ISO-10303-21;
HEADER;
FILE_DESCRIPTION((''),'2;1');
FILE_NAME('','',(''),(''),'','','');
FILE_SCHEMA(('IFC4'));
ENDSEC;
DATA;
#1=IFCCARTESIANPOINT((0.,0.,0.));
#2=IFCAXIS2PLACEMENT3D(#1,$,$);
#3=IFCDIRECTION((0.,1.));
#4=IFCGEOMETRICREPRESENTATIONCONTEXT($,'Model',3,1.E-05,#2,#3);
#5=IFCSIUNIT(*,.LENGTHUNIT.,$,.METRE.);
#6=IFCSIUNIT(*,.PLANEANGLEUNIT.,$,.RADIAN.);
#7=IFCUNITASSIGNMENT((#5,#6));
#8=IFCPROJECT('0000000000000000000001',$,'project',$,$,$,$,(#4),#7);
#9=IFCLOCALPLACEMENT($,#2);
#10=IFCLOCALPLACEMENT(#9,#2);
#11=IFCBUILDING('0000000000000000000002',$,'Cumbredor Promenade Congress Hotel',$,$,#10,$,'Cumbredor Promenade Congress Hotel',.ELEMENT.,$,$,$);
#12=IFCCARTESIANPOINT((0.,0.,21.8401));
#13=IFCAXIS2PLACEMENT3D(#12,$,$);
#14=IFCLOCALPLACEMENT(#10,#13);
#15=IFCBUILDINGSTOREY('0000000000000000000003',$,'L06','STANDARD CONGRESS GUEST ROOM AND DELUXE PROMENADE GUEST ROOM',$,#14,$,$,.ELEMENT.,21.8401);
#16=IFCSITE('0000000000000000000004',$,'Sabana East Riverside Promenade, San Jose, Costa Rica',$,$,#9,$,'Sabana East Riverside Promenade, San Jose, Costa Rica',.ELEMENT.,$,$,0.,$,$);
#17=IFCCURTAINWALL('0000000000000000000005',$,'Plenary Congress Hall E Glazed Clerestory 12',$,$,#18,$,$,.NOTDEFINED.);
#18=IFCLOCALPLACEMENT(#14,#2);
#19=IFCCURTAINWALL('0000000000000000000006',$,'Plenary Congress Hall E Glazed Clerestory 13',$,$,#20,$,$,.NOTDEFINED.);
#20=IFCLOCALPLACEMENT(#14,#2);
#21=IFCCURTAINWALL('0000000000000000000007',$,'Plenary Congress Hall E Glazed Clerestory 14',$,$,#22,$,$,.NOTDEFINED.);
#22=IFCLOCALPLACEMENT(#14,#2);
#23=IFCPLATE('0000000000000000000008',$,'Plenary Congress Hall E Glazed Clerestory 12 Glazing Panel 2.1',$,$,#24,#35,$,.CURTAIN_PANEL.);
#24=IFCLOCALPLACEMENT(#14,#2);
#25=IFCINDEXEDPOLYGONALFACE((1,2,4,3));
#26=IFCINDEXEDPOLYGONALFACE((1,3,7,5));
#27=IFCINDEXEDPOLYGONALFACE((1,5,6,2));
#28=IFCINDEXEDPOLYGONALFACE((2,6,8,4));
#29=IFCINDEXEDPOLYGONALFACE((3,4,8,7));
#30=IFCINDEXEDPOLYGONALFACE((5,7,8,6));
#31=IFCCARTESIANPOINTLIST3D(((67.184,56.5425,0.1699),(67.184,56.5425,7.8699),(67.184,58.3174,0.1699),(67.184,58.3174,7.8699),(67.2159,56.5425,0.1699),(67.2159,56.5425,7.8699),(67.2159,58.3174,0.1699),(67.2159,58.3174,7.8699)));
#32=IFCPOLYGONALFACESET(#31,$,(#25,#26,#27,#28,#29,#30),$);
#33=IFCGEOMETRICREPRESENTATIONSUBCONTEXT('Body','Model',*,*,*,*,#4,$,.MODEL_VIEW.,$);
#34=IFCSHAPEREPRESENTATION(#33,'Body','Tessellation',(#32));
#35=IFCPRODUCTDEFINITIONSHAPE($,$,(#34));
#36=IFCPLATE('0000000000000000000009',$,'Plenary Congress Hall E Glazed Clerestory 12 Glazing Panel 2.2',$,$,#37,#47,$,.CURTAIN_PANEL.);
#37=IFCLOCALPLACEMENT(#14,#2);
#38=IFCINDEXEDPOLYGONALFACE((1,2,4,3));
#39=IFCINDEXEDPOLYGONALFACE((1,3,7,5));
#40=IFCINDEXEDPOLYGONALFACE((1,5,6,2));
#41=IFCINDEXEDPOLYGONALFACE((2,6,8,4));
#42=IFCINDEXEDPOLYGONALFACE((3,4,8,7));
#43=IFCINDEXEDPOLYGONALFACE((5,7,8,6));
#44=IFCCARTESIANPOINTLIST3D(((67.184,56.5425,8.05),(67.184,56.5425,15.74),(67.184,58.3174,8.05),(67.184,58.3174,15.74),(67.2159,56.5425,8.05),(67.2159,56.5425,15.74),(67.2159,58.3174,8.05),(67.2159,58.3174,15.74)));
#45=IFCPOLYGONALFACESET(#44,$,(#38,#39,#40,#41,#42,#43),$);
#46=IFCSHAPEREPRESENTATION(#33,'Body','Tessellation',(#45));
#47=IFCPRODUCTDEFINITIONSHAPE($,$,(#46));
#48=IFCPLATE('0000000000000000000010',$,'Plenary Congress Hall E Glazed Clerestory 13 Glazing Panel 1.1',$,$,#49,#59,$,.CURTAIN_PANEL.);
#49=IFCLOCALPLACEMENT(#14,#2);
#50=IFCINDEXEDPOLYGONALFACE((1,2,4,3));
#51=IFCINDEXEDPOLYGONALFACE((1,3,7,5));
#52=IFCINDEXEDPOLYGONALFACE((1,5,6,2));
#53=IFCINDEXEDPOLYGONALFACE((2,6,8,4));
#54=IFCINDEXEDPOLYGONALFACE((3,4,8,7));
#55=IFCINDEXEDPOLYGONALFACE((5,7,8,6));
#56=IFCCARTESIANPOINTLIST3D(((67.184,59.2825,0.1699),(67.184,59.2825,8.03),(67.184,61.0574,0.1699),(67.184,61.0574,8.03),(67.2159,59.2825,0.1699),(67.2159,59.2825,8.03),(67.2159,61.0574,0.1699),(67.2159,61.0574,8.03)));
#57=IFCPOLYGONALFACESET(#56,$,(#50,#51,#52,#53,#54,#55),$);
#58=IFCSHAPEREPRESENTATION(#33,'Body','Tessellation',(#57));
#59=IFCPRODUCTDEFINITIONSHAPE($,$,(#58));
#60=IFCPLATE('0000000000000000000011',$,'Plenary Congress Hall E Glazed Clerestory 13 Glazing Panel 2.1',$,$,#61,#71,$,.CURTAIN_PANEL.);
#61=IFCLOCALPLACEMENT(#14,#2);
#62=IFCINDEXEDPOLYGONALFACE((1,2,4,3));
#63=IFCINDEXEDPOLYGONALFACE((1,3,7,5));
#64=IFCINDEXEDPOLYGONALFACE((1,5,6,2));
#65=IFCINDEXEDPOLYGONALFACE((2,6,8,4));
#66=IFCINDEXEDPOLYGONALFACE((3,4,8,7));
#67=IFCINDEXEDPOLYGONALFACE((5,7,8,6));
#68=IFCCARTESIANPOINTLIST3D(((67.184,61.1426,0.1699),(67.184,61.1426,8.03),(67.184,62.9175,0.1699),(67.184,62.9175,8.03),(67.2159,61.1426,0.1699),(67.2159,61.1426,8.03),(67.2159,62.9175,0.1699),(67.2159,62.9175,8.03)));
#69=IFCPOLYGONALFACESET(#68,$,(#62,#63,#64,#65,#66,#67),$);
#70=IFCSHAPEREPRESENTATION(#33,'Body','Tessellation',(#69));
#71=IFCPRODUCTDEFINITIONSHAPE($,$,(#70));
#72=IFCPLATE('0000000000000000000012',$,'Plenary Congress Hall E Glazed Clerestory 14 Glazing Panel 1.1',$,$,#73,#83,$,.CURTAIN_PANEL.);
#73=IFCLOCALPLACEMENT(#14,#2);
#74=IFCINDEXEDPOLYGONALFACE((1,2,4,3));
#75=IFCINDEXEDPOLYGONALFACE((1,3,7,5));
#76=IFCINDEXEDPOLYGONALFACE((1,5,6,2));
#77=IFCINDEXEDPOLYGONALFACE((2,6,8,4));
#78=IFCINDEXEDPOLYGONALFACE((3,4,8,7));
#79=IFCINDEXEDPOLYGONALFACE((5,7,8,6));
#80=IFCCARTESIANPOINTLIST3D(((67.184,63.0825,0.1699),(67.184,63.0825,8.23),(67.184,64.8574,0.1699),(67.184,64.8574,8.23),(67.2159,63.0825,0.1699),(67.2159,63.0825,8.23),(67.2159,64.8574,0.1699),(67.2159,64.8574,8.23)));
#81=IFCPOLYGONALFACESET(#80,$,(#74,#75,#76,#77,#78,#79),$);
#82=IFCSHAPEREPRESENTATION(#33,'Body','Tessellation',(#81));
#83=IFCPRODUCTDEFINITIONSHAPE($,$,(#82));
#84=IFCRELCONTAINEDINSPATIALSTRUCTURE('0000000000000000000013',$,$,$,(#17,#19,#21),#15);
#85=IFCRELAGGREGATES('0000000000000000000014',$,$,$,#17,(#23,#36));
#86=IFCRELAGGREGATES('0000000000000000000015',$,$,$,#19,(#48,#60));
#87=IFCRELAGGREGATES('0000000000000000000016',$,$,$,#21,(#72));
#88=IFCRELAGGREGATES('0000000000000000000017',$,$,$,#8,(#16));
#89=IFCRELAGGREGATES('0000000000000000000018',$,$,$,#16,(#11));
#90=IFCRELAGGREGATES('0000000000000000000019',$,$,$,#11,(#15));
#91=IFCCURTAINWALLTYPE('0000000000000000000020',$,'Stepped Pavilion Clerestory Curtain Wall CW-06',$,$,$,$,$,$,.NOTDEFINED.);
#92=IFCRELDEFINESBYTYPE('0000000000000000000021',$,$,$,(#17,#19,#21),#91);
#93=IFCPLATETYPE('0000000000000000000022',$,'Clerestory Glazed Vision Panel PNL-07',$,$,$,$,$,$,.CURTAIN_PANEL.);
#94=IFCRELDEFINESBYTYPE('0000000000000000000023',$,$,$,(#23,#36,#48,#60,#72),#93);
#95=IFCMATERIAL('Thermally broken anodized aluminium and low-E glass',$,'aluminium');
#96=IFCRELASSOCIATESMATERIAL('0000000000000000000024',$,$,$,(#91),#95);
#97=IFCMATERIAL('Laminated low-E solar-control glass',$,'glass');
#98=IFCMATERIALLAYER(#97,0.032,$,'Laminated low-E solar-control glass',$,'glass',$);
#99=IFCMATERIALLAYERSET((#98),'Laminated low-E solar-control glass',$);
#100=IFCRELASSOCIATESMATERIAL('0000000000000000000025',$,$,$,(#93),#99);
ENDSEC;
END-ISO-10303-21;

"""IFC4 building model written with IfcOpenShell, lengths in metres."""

from ifc_helpers import new_model, si_unit, direction, frame, origin, origin_2d, place, context, subcontext, project, spatial, rectangle, extrude, material, layer, layer_set, type_object, element, aggregate, save


model = new_model("IFC4")

# Units and contexts
model_context = context("Model", 3, precision=1e-05, world=origin(), true_north=direction((0.0, 1.0)))
body_context = subcontext(model_context, "Body", "Model", "MODEL_VIEW")
ifc_project = project(units=[si_unit("LENGTHUNIT", "METRE"), si_unit("PLANEANGLEUNIT", "RADIAN")], contexts=[model_context])

# Site, building, storey
site_placement = place(None, origin())
site = spatial("IfcSite", under=ifc_project, at=site_placement, Name="Sabana East Riverside Promenade, San Jose, Costa Rica", LongName="Sabana East Riverside Promenade, San Jose, Costa Rica", CompositionType="ELEMENT", RefElevation=0.0)
building_placement = place(site_placement, origin())
building = spatial("IfcBuilding", under=site, at=building_placement, Name="Cumbredor Promenade Congress Hotel", LongName="Cumbredor Promenade Congress Hotel", CompositionType="ELEMENT")
storey_placement = place(building_placement, frame((0.0, 0.0, 21.8401)))
storey = spatial("IfcBuildingStorey", under=building, at=storey_placement, Name="L06", Description="STANDARD CONGRESS GUEST ROOM AND DELUXE PROMENADE GUEST ROOM", CompositionType="ELEMENT", Elevation=21.8401)

# Curtain walls
ifc_material_1 = material(Name="Thermally broken anodized aluminium and low-E glass", Category="aluminium")
curtain_wall_type = type_object("IfcCurtainWallType", Name="Stepped Pavilion Clerestory Curtain Wall CW-06", PredefinedType="NOTDEFINED", material=ifc_material_1)
curtain_wall_1_placement = place(storey_placement, origin())
curtain_wall_1 = element("IfcCurtainWall", 1, at=curtain_wall_1_placement, inside=storey, type_object=curtain_wall_type, Name="Plenary Congress Hall E Glazed Clerestory 12", PredefinedType="NOTDEFINED")
curtain_wall_2_placement = place(storey_placement, origin())
curtain_wall_2 = element("IfcCurtainWall", 2, at=curtain_wall_2_placement, inside=storey, type_object=curtain_wall_type, Name="Plenary Congress Hall E Glazed Clerestory 13", PredefinedType="NOTDEFINED")
curtain_wall_3_placement = place(storey_placement, origin())
curtain_wall_3 = element("IfcCurtainWall", 3, at=curtain_wall_3_placement, inside=storey, type_object=curtain_wall_type, Name="Plenary Congress Hall E Glazed Clerestory 14", PredefinedType="NOTDEFINED")

# Plates
ifc_material_2 = material(Name="Laminated low-E solar-control glass", Category="glass")
ifc_layer = layer(ifc_material_2, 0.032, Name="Laminated low-E solar-control glass", Category="glass")
ifc_layer_set = layer_set([ifc_layer], Name="Laminated low-E solar-control glass")
plate_type = type_object("IfcPlateType", Name="Clerestory Glazed Vision Panel PNL-07", PredefinedType="CURTAIN_PANEL", material=ifc_layer_set)
plate_1_placement = place(storey_placement, frame((67.2, 57.4299, 0.1699), z_axis=(0.0, 0.0, 1.0), x_axis=(0.0, 1.0, 0.0)))
plate_1 = element("IfcPlate", 4, at=plate_1_placement, type_object=plate_type, Name="Plenary Congress Hall E Glazed Clerestory 12 Glazing Panel 2.1", PredefinedType="CURTAIN_PANEL", context=body_context, shape_type="SweptSolid", body=[
    extrude(rectangle(XDim=1.7749, YDim=0.032, at=origin_2d()), origin(), (0.0, 0.0, 1.0), 7.7),
])
plate_2_placement = place(storey_placement, frame((67.2, 57.4299, 8.05), z_axis=(0.0, 0.0, 1.0), x_axis=(0.0, 1.0, 0.0)))
plate_2 = element("IfcPlate", 5, at=plate_2_placement, type_object=plate_type, Name="Plenary Congress Hall E Glazed Clerestory 12 Glazing Panel 2.2", PredefinedType="CURTAIN_PANEL", context=body_context, shape_type="SweptSolid", body=[
    extrude(rectangle(XDim=1.7749, YDim=0.032, at=origin_2d()), origin(), (0.0, 0.0, 1.0), 7.6899),
])
aggregate(curtain_wall_1, [plate_1, plate_2])
plate_3_placement = place(storey_placement, frame((67.2, 60.1699, 0.1699), z_axis=(0.0, 0.0, 1.0), x_axis=(0.0, 1.0, 0.0)))
plate_3 = element("IfcPlate", 6, at=plate_3_placement, type_object=plate_type, Name="Plenary Congress Hall E Glazed Clerestory 13 Glazing Panel 1.1", PredefinedType="CURTAIN_PANEL", context=body_context, shape_type="SweptSolid", body=[
    extrude(rectangle(XDim=1.7749, YDim=0.032, at=origin_2d()), origin(), (0.0, 0.0, 1.0), 7.8601),
])
plate_4_placement = place(storey_placement, frame((67.2, 62.03, 0.1699), z_axis=(0.0, 0.0, 1.0), x_axis=(0.0, 1.0, 0.0)))
plate_4 = element("IfcPlate", 7, at=plate_4_placement, type_object=plate_type, Name="Plenary Congress Hall E Glazed Clerestory 13 Glazing Panel 2.1", PredefinedType="CURTAIN_PANEL", context=body_context, shape_type="SweptSolid", body=[
    extrude(rectangle(XDim=1.7749, YDim=0.032, at=origin_2d()), origin(), (0.0, 0.0, 1.0), 7.8601),
])
aggregate(curtain_wall_2, [plate_3, plate_4])
plate_5_placement = place(storey_placement, frame((67.2, 63.97, 0.1699), z_axis=(0.0, 0.0, 1.0), x_axis=(0.0, 1.0, 0.0)))
plate_5 = element("IfcPlate", 8, at=plate_5_placement, type_object=plate_type, Name="Plenary Congress Hall E Glazed Clerestory 14 Glazing Panel 1.1", PredefinedType="CURTAIN_PANEL", context=body_context, shape_type="SweptSolid", body=[
    extrude(rectangle(XDim=1.7749, YDim=0.032, at=origin_2d()), origin(), (0.0, 0.0, 1.0), 8.0601),
])
aggregate(curtain_wall_3, [plate_5])

save(model, "model.ifc")
